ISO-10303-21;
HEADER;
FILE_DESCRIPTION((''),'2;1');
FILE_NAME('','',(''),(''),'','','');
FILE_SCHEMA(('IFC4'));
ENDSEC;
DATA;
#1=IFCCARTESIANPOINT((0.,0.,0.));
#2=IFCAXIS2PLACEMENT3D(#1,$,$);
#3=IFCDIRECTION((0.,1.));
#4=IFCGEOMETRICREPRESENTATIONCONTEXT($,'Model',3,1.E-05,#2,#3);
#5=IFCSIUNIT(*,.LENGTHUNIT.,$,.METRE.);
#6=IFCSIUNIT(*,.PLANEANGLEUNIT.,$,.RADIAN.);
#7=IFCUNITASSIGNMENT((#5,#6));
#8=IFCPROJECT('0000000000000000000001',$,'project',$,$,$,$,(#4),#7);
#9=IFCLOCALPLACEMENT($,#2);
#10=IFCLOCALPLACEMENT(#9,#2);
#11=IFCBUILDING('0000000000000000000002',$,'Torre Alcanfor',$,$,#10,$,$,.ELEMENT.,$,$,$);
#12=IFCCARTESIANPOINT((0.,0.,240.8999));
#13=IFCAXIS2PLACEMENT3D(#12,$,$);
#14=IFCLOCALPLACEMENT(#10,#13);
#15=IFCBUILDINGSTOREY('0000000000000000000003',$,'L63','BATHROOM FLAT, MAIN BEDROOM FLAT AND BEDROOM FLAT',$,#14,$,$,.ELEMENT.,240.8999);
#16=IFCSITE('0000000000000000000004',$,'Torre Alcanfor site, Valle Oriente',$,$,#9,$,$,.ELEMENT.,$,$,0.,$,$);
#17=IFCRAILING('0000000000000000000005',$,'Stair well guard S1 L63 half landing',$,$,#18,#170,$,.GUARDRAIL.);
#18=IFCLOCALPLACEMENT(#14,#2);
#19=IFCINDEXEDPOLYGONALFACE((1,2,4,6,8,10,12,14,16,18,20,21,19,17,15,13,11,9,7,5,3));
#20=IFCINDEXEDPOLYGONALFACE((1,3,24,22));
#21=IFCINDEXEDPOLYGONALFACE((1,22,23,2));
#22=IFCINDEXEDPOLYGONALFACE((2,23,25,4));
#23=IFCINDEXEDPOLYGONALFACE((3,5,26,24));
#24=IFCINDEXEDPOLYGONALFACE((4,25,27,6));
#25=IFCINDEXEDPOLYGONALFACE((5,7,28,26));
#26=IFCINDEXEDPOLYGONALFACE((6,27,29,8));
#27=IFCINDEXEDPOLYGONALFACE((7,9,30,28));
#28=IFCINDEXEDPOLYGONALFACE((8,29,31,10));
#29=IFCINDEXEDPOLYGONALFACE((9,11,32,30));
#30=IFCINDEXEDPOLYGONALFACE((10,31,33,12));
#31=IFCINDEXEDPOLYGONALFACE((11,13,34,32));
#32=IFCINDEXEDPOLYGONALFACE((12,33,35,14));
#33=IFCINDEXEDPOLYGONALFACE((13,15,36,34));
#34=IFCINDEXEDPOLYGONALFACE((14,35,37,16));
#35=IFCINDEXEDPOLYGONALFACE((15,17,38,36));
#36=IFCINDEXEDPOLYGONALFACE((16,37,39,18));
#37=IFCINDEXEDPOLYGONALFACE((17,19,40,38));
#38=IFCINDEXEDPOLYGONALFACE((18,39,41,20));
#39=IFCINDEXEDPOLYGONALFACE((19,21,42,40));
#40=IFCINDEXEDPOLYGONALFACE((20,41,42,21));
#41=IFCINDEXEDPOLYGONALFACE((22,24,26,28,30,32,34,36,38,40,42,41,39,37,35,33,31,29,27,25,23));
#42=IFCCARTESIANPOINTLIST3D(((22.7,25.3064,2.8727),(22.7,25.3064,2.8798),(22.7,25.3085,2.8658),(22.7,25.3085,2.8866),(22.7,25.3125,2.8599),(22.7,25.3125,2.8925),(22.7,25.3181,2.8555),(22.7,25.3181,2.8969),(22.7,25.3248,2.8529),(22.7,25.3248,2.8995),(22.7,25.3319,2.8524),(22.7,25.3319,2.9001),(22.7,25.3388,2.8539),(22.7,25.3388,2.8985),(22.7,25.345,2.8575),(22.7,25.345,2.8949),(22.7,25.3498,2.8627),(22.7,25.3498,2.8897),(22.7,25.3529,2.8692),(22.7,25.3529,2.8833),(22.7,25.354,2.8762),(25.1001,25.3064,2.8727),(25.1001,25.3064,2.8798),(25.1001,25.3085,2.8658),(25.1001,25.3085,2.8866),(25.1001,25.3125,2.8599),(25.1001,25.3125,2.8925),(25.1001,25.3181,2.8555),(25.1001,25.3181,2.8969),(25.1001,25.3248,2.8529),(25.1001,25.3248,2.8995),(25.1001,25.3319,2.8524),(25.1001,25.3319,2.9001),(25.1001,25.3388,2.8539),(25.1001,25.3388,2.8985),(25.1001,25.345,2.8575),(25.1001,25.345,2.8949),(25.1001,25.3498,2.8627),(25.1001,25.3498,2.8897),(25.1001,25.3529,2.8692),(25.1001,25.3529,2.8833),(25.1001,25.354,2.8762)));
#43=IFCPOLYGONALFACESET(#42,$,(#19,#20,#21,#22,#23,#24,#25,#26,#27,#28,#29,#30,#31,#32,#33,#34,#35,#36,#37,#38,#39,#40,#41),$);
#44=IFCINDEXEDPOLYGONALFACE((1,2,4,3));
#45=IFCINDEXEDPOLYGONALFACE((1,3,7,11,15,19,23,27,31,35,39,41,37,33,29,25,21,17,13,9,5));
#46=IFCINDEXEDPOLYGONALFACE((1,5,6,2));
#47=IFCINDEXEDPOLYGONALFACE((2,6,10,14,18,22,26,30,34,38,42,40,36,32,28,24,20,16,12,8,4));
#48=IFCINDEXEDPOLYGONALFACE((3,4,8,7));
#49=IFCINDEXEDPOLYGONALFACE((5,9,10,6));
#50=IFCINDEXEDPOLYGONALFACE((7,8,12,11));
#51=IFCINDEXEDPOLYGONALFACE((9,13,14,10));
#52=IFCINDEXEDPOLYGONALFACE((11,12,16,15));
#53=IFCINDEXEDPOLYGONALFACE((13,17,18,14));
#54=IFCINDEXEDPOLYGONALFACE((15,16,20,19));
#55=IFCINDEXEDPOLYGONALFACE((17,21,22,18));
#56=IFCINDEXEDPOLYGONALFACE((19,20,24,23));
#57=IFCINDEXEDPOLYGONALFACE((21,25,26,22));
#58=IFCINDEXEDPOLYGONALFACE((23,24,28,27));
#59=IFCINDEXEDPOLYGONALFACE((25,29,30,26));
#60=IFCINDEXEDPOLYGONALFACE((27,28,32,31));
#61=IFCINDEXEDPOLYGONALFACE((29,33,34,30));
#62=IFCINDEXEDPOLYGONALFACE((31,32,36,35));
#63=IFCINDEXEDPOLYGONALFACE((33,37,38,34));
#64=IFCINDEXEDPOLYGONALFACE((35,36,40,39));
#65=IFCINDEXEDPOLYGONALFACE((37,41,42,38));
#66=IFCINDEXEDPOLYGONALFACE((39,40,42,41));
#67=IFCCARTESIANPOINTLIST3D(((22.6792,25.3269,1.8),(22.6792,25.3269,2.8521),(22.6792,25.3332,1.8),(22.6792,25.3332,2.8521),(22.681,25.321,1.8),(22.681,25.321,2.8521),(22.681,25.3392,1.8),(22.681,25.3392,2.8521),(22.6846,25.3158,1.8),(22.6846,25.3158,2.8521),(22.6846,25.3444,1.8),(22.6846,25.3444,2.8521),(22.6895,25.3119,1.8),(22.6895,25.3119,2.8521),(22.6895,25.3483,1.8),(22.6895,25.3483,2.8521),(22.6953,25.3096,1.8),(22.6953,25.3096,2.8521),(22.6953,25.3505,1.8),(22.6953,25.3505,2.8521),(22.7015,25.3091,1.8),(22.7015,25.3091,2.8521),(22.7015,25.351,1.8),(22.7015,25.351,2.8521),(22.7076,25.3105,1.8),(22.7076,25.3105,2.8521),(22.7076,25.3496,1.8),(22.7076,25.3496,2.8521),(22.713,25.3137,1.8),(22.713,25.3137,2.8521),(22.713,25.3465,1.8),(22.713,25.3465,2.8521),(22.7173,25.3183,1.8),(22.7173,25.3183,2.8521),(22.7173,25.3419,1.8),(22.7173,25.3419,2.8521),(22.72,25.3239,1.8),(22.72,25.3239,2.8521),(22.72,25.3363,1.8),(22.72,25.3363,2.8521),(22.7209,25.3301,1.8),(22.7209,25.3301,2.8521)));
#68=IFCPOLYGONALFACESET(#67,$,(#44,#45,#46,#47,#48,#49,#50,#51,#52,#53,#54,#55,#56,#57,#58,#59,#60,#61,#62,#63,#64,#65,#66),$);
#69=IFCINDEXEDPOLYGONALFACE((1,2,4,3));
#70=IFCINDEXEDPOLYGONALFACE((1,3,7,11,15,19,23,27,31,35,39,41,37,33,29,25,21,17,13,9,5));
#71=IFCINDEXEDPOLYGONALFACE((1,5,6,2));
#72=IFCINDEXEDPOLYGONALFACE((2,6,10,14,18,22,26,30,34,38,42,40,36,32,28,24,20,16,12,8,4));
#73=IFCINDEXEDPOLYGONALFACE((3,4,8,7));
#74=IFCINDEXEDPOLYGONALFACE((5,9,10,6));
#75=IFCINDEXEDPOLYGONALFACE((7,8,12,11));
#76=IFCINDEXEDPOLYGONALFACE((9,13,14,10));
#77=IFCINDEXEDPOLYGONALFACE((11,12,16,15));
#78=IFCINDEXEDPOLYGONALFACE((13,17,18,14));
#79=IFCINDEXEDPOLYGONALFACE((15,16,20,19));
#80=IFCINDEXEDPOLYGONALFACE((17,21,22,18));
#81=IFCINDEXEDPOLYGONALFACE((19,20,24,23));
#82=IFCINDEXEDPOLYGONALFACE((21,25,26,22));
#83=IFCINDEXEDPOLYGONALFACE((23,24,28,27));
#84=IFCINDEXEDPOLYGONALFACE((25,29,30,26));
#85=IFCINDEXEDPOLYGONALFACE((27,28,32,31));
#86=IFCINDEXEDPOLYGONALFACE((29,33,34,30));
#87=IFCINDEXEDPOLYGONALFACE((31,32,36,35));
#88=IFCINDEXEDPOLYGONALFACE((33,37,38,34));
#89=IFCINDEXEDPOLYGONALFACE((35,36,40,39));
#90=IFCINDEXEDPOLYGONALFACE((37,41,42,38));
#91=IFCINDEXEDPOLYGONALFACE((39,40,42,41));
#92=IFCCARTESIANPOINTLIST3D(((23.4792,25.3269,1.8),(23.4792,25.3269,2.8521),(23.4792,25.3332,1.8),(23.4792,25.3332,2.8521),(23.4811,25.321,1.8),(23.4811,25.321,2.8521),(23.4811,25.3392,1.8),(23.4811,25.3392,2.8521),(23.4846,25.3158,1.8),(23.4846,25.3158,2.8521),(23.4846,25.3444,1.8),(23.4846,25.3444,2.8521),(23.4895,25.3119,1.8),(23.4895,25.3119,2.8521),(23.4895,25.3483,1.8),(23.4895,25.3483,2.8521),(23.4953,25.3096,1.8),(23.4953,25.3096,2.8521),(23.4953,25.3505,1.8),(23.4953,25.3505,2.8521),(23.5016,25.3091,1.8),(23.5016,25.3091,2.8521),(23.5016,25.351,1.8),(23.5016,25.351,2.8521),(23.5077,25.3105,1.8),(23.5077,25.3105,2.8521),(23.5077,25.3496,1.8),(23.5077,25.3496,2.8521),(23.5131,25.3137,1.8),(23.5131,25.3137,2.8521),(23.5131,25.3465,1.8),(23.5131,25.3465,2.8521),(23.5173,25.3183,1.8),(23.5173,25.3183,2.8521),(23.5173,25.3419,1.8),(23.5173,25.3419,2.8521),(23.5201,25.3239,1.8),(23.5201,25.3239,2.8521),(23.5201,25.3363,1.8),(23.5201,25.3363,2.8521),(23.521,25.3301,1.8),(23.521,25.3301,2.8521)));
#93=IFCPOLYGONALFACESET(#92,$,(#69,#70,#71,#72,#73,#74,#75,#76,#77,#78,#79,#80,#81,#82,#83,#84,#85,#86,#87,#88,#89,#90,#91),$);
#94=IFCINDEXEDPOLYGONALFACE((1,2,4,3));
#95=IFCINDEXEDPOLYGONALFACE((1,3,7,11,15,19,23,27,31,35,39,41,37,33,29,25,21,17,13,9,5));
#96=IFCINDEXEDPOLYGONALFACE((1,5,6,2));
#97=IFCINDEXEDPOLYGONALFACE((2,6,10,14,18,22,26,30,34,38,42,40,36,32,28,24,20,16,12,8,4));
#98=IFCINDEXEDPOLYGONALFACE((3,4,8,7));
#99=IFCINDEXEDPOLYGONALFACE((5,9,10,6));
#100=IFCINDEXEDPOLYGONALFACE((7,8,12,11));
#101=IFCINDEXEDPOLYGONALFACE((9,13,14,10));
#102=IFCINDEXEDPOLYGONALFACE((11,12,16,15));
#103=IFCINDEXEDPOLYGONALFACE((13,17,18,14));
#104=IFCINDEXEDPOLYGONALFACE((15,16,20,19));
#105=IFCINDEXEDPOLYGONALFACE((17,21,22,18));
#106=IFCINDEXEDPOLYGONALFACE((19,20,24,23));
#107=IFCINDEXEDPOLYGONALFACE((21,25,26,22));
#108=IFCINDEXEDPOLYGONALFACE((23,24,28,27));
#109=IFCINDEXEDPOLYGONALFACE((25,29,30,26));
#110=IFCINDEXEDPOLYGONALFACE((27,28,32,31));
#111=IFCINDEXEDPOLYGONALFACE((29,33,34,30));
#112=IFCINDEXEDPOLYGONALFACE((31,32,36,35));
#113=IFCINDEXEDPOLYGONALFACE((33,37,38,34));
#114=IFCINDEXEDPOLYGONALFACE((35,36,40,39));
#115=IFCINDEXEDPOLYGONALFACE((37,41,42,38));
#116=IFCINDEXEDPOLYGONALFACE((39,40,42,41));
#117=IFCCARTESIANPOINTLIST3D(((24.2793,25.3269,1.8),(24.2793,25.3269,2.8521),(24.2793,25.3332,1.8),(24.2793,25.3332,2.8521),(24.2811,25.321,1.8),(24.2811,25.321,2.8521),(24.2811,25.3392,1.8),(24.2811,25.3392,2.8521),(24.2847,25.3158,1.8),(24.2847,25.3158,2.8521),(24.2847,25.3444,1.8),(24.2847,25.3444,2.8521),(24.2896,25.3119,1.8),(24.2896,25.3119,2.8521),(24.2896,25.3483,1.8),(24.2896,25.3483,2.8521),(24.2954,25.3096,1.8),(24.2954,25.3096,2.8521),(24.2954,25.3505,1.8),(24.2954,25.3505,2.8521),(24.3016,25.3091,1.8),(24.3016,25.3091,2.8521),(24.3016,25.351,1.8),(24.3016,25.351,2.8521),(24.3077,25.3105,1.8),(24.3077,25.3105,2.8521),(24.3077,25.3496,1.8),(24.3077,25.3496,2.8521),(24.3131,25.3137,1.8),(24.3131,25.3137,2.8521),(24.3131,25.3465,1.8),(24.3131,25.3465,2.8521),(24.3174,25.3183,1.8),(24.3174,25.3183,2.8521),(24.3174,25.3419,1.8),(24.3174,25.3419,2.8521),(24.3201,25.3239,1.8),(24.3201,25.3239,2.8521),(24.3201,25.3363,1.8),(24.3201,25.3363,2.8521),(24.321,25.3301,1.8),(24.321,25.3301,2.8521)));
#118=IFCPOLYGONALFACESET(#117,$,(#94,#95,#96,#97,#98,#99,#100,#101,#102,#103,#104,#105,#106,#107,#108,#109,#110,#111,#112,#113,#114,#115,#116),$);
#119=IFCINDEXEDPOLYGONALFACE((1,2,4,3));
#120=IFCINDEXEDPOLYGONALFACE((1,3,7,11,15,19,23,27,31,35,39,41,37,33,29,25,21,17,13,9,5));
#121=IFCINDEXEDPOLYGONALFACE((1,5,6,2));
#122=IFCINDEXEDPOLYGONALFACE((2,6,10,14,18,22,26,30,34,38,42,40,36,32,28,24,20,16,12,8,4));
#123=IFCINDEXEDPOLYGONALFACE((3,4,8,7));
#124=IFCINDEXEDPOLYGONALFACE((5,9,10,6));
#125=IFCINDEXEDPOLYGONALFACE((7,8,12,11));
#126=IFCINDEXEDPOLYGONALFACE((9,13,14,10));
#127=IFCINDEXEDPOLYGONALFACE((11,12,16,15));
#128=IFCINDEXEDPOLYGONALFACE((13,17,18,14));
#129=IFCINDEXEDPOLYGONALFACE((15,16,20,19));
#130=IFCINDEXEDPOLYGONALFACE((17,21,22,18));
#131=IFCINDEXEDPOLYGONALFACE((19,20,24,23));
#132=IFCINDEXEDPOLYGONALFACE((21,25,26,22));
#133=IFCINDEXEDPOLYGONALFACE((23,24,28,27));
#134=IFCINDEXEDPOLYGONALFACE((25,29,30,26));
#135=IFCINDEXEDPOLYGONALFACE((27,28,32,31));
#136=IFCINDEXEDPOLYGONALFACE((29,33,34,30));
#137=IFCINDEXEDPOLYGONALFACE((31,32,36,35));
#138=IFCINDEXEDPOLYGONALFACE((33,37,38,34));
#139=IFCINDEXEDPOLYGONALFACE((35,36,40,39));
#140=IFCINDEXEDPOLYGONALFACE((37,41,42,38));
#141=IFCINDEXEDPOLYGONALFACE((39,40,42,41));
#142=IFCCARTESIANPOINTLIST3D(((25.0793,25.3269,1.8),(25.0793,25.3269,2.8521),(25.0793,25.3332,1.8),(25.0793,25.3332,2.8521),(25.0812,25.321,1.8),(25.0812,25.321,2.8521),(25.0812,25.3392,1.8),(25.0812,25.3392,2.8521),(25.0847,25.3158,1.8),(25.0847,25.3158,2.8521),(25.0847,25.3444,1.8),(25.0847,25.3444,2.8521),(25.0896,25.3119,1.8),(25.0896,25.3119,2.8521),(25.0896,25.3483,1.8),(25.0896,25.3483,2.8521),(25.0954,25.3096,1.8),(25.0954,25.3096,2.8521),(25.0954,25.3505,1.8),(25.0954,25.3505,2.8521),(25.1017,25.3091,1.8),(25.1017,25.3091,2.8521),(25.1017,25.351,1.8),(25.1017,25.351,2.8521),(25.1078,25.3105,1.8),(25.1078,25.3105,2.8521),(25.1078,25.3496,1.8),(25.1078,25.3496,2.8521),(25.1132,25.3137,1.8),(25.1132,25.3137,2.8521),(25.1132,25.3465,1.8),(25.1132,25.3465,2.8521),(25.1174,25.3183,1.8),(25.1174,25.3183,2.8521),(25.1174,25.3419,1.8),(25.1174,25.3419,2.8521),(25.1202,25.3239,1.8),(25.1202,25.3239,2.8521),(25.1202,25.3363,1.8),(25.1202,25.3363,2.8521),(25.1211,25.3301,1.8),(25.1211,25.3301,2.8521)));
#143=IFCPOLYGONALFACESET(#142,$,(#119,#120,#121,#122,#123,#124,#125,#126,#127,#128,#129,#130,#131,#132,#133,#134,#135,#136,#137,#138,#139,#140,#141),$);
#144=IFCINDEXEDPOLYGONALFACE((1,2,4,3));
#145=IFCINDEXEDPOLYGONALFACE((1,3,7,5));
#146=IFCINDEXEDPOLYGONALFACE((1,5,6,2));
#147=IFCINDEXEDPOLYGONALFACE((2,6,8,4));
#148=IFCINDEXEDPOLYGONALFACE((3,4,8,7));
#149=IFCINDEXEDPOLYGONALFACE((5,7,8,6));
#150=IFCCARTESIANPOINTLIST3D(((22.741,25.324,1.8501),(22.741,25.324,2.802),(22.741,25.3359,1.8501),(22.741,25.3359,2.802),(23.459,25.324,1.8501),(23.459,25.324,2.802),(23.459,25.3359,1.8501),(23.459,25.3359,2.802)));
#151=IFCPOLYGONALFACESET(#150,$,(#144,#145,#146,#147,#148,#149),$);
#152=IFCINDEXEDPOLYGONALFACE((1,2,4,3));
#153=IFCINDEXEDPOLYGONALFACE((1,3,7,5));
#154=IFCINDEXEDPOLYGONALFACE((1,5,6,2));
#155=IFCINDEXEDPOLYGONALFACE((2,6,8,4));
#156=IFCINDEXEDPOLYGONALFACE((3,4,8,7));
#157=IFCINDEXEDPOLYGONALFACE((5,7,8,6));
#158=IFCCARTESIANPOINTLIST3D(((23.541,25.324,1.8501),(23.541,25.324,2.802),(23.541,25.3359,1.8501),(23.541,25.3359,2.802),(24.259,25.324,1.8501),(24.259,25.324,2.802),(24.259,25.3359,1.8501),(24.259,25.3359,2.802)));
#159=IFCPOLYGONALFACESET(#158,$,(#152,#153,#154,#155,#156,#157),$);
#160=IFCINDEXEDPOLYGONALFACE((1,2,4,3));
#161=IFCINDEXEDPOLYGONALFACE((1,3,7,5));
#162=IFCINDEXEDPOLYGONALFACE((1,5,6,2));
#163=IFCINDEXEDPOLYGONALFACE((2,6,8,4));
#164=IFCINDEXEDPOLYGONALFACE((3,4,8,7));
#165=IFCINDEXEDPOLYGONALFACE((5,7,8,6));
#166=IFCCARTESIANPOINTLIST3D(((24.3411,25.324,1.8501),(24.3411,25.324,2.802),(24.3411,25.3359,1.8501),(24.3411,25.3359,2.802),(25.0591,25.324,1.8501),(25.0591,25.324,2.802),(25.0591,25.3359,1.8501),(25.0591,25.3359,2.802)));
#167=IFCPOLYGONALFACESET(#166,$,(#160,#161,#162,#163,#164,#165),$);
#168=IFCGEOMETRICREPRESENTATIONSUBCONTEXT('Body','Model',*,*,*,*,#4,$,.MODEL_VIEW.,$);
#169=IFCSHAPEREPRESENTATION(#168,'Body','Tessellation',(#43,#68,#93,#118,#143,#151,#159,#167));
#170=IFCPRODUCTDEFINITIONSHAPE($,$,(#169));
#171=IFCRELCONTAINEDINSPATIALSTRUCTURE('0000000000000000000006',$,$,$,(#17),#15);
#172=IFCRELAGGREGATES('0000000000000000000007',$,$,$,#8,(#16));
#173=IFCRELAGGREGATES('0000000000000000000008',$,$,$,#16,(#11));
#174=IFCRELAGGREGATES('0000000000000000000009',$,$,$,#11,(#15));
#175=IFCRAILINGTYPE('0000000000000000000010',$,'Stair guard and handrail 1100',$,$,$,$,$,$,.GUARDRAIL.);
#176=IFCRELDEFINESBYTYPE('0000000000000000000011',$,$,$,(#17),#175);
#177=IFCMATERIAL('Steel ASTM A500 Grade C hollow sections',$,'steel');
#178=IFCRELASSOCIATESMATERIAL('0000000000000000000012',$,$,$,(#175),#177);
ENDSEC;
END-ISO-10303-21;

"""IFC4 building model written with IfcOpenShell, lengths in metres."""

from ifc_helpers import new_model, si_unit, direction, frame, origin, origin_2d, place, context, subcontext, project, spatial, polyline, circle, outline, extrude, material, type_object, element, save


model = new_model("IFC4")

# Units and contexts
model_context = context("Model", 3, precision=1e-05, world=origin(), true_north=direction((0.0, 1.0)))
body_context = subcontext(model_context, "Body", "Model", "MODEL_VIEW")
ifc_project = project(units=[si_unit("LENGTHUNIT", "METRE"), si_unit("PLANEANGLEUNIT", "RADIAN")], contexts=[model_context])

# Site, building, storey
site_placement = place(None, origin())
site = spatial("IfcSite", under=ifc_project, at=site_placement, Name="Torre Alcanfor site, Valle Oriente", CompositionType="ELEMENT", RefElevation=0.0)
building_placement = place(site_placement, origin())
building = spatial("IfcBuilding", under=site, at=building_placement, Name="Torre Alcanfor", CompositionType="ELEMENT")
storey_placement = place(building_placement, frame((0.0, 0.0, 240.8999)))
storey = spatial("IfcBuildingStorey", under=building, at=storey_placement, Name="L63", Description="BATHROOM FLAT, MAIN BEDROOM FLAT AND BEDROOM FLAT", CompositionType="ELEMENT", Elevation=240.8999)

# Railing
ifc_material_1 = material(Name="Steel ASTM A500 Grade C hollow sections", Category="steel")
railing_type_1 = type_object("IfcRailingType", Name="Stair guard and handrail 1100", PredefinedType="GUARDRAIL", material=ifc_material_1)
railing_1_placement = place(storey_placement, frame((22.7, 25.3301, 1.8)))
element("IfcRailing", 1, at=railing_1_placement, inside=storey, type_object=railing_type_1, Name="Stair well guard S1 L63 half landing", PredefinedType="GUARDRAIL", context=body_context, shape_type="SweptSolid", body=[
    extrude(circle(Radius=0.0239, at=origin_2d()), frame((0.0, 0.0, 1.0762), z_axis=(1.0, 0.0, 0.0), x_axis=(0.0, 1.0, 0.0)), (0.0, 0.0, 1.0), 2.4001),
    extrude(circle(Radius=0.021, at=origin_2d()), origin(), (0.0, 0.0, 1.0), 1.052),
    extrude(circle(Radius=0.021, at=origin_2d()), frame((0.8, 0.0, 0.0)), (0.0, 0.0, 1.0), 1.052),
    extrude(circle(Radius=0.021, at=origin_2d()), frame((1.6001, 0.0, 0.0)), (0.0, 0.0, 1.0), 1.052),
    extrude(circle(Radius=0.021, at=origin_2d()), frame((2.4001, 0.0, 0.0)), (0.0, 0.0, 1.0), 1.052),
    extrude(outline(polyline([(0.041, 0.05), (0.759, 0.05), (0.759, 1.002), (0.041, 1.002), (0.041, 0.05)])), frame((0.0, 0.0059, 0.0), z_axis=(0.0, -1.0, 0.0), x_axis=(1.0, 0.0, 0.0)), (0.0, 0.0, 1.0), 0.012),
    extrude(outline(polyline([(0.8411, 0.05), (1.5591, 0.05), (1.5591, 1.002), (0.8411, 1.002), (0.8411, 0.05)])), frame((0.0, 0.0059, 0.0), z_axis=(0.0, -1.0, 0.0), x_axis=(1.0, 0.0, 0.0)), (0.0, 0.0, 1.0), 0.012),
    extrude(outline(polyline([(1.6411, 0.05), (2.3591, 0.05), (2.3591, 1.002), (1.6411, 1.002), (1.6411, 0.05)])), frame((0.0, 0.0059, 0.0), z_axis=(0.0, -1.0, 0.0), x_axis=(1.0, 0.0, 0.0)), (0.0, 0.0, 1.0), 0.012),
])

save(model, "model.ifc")
